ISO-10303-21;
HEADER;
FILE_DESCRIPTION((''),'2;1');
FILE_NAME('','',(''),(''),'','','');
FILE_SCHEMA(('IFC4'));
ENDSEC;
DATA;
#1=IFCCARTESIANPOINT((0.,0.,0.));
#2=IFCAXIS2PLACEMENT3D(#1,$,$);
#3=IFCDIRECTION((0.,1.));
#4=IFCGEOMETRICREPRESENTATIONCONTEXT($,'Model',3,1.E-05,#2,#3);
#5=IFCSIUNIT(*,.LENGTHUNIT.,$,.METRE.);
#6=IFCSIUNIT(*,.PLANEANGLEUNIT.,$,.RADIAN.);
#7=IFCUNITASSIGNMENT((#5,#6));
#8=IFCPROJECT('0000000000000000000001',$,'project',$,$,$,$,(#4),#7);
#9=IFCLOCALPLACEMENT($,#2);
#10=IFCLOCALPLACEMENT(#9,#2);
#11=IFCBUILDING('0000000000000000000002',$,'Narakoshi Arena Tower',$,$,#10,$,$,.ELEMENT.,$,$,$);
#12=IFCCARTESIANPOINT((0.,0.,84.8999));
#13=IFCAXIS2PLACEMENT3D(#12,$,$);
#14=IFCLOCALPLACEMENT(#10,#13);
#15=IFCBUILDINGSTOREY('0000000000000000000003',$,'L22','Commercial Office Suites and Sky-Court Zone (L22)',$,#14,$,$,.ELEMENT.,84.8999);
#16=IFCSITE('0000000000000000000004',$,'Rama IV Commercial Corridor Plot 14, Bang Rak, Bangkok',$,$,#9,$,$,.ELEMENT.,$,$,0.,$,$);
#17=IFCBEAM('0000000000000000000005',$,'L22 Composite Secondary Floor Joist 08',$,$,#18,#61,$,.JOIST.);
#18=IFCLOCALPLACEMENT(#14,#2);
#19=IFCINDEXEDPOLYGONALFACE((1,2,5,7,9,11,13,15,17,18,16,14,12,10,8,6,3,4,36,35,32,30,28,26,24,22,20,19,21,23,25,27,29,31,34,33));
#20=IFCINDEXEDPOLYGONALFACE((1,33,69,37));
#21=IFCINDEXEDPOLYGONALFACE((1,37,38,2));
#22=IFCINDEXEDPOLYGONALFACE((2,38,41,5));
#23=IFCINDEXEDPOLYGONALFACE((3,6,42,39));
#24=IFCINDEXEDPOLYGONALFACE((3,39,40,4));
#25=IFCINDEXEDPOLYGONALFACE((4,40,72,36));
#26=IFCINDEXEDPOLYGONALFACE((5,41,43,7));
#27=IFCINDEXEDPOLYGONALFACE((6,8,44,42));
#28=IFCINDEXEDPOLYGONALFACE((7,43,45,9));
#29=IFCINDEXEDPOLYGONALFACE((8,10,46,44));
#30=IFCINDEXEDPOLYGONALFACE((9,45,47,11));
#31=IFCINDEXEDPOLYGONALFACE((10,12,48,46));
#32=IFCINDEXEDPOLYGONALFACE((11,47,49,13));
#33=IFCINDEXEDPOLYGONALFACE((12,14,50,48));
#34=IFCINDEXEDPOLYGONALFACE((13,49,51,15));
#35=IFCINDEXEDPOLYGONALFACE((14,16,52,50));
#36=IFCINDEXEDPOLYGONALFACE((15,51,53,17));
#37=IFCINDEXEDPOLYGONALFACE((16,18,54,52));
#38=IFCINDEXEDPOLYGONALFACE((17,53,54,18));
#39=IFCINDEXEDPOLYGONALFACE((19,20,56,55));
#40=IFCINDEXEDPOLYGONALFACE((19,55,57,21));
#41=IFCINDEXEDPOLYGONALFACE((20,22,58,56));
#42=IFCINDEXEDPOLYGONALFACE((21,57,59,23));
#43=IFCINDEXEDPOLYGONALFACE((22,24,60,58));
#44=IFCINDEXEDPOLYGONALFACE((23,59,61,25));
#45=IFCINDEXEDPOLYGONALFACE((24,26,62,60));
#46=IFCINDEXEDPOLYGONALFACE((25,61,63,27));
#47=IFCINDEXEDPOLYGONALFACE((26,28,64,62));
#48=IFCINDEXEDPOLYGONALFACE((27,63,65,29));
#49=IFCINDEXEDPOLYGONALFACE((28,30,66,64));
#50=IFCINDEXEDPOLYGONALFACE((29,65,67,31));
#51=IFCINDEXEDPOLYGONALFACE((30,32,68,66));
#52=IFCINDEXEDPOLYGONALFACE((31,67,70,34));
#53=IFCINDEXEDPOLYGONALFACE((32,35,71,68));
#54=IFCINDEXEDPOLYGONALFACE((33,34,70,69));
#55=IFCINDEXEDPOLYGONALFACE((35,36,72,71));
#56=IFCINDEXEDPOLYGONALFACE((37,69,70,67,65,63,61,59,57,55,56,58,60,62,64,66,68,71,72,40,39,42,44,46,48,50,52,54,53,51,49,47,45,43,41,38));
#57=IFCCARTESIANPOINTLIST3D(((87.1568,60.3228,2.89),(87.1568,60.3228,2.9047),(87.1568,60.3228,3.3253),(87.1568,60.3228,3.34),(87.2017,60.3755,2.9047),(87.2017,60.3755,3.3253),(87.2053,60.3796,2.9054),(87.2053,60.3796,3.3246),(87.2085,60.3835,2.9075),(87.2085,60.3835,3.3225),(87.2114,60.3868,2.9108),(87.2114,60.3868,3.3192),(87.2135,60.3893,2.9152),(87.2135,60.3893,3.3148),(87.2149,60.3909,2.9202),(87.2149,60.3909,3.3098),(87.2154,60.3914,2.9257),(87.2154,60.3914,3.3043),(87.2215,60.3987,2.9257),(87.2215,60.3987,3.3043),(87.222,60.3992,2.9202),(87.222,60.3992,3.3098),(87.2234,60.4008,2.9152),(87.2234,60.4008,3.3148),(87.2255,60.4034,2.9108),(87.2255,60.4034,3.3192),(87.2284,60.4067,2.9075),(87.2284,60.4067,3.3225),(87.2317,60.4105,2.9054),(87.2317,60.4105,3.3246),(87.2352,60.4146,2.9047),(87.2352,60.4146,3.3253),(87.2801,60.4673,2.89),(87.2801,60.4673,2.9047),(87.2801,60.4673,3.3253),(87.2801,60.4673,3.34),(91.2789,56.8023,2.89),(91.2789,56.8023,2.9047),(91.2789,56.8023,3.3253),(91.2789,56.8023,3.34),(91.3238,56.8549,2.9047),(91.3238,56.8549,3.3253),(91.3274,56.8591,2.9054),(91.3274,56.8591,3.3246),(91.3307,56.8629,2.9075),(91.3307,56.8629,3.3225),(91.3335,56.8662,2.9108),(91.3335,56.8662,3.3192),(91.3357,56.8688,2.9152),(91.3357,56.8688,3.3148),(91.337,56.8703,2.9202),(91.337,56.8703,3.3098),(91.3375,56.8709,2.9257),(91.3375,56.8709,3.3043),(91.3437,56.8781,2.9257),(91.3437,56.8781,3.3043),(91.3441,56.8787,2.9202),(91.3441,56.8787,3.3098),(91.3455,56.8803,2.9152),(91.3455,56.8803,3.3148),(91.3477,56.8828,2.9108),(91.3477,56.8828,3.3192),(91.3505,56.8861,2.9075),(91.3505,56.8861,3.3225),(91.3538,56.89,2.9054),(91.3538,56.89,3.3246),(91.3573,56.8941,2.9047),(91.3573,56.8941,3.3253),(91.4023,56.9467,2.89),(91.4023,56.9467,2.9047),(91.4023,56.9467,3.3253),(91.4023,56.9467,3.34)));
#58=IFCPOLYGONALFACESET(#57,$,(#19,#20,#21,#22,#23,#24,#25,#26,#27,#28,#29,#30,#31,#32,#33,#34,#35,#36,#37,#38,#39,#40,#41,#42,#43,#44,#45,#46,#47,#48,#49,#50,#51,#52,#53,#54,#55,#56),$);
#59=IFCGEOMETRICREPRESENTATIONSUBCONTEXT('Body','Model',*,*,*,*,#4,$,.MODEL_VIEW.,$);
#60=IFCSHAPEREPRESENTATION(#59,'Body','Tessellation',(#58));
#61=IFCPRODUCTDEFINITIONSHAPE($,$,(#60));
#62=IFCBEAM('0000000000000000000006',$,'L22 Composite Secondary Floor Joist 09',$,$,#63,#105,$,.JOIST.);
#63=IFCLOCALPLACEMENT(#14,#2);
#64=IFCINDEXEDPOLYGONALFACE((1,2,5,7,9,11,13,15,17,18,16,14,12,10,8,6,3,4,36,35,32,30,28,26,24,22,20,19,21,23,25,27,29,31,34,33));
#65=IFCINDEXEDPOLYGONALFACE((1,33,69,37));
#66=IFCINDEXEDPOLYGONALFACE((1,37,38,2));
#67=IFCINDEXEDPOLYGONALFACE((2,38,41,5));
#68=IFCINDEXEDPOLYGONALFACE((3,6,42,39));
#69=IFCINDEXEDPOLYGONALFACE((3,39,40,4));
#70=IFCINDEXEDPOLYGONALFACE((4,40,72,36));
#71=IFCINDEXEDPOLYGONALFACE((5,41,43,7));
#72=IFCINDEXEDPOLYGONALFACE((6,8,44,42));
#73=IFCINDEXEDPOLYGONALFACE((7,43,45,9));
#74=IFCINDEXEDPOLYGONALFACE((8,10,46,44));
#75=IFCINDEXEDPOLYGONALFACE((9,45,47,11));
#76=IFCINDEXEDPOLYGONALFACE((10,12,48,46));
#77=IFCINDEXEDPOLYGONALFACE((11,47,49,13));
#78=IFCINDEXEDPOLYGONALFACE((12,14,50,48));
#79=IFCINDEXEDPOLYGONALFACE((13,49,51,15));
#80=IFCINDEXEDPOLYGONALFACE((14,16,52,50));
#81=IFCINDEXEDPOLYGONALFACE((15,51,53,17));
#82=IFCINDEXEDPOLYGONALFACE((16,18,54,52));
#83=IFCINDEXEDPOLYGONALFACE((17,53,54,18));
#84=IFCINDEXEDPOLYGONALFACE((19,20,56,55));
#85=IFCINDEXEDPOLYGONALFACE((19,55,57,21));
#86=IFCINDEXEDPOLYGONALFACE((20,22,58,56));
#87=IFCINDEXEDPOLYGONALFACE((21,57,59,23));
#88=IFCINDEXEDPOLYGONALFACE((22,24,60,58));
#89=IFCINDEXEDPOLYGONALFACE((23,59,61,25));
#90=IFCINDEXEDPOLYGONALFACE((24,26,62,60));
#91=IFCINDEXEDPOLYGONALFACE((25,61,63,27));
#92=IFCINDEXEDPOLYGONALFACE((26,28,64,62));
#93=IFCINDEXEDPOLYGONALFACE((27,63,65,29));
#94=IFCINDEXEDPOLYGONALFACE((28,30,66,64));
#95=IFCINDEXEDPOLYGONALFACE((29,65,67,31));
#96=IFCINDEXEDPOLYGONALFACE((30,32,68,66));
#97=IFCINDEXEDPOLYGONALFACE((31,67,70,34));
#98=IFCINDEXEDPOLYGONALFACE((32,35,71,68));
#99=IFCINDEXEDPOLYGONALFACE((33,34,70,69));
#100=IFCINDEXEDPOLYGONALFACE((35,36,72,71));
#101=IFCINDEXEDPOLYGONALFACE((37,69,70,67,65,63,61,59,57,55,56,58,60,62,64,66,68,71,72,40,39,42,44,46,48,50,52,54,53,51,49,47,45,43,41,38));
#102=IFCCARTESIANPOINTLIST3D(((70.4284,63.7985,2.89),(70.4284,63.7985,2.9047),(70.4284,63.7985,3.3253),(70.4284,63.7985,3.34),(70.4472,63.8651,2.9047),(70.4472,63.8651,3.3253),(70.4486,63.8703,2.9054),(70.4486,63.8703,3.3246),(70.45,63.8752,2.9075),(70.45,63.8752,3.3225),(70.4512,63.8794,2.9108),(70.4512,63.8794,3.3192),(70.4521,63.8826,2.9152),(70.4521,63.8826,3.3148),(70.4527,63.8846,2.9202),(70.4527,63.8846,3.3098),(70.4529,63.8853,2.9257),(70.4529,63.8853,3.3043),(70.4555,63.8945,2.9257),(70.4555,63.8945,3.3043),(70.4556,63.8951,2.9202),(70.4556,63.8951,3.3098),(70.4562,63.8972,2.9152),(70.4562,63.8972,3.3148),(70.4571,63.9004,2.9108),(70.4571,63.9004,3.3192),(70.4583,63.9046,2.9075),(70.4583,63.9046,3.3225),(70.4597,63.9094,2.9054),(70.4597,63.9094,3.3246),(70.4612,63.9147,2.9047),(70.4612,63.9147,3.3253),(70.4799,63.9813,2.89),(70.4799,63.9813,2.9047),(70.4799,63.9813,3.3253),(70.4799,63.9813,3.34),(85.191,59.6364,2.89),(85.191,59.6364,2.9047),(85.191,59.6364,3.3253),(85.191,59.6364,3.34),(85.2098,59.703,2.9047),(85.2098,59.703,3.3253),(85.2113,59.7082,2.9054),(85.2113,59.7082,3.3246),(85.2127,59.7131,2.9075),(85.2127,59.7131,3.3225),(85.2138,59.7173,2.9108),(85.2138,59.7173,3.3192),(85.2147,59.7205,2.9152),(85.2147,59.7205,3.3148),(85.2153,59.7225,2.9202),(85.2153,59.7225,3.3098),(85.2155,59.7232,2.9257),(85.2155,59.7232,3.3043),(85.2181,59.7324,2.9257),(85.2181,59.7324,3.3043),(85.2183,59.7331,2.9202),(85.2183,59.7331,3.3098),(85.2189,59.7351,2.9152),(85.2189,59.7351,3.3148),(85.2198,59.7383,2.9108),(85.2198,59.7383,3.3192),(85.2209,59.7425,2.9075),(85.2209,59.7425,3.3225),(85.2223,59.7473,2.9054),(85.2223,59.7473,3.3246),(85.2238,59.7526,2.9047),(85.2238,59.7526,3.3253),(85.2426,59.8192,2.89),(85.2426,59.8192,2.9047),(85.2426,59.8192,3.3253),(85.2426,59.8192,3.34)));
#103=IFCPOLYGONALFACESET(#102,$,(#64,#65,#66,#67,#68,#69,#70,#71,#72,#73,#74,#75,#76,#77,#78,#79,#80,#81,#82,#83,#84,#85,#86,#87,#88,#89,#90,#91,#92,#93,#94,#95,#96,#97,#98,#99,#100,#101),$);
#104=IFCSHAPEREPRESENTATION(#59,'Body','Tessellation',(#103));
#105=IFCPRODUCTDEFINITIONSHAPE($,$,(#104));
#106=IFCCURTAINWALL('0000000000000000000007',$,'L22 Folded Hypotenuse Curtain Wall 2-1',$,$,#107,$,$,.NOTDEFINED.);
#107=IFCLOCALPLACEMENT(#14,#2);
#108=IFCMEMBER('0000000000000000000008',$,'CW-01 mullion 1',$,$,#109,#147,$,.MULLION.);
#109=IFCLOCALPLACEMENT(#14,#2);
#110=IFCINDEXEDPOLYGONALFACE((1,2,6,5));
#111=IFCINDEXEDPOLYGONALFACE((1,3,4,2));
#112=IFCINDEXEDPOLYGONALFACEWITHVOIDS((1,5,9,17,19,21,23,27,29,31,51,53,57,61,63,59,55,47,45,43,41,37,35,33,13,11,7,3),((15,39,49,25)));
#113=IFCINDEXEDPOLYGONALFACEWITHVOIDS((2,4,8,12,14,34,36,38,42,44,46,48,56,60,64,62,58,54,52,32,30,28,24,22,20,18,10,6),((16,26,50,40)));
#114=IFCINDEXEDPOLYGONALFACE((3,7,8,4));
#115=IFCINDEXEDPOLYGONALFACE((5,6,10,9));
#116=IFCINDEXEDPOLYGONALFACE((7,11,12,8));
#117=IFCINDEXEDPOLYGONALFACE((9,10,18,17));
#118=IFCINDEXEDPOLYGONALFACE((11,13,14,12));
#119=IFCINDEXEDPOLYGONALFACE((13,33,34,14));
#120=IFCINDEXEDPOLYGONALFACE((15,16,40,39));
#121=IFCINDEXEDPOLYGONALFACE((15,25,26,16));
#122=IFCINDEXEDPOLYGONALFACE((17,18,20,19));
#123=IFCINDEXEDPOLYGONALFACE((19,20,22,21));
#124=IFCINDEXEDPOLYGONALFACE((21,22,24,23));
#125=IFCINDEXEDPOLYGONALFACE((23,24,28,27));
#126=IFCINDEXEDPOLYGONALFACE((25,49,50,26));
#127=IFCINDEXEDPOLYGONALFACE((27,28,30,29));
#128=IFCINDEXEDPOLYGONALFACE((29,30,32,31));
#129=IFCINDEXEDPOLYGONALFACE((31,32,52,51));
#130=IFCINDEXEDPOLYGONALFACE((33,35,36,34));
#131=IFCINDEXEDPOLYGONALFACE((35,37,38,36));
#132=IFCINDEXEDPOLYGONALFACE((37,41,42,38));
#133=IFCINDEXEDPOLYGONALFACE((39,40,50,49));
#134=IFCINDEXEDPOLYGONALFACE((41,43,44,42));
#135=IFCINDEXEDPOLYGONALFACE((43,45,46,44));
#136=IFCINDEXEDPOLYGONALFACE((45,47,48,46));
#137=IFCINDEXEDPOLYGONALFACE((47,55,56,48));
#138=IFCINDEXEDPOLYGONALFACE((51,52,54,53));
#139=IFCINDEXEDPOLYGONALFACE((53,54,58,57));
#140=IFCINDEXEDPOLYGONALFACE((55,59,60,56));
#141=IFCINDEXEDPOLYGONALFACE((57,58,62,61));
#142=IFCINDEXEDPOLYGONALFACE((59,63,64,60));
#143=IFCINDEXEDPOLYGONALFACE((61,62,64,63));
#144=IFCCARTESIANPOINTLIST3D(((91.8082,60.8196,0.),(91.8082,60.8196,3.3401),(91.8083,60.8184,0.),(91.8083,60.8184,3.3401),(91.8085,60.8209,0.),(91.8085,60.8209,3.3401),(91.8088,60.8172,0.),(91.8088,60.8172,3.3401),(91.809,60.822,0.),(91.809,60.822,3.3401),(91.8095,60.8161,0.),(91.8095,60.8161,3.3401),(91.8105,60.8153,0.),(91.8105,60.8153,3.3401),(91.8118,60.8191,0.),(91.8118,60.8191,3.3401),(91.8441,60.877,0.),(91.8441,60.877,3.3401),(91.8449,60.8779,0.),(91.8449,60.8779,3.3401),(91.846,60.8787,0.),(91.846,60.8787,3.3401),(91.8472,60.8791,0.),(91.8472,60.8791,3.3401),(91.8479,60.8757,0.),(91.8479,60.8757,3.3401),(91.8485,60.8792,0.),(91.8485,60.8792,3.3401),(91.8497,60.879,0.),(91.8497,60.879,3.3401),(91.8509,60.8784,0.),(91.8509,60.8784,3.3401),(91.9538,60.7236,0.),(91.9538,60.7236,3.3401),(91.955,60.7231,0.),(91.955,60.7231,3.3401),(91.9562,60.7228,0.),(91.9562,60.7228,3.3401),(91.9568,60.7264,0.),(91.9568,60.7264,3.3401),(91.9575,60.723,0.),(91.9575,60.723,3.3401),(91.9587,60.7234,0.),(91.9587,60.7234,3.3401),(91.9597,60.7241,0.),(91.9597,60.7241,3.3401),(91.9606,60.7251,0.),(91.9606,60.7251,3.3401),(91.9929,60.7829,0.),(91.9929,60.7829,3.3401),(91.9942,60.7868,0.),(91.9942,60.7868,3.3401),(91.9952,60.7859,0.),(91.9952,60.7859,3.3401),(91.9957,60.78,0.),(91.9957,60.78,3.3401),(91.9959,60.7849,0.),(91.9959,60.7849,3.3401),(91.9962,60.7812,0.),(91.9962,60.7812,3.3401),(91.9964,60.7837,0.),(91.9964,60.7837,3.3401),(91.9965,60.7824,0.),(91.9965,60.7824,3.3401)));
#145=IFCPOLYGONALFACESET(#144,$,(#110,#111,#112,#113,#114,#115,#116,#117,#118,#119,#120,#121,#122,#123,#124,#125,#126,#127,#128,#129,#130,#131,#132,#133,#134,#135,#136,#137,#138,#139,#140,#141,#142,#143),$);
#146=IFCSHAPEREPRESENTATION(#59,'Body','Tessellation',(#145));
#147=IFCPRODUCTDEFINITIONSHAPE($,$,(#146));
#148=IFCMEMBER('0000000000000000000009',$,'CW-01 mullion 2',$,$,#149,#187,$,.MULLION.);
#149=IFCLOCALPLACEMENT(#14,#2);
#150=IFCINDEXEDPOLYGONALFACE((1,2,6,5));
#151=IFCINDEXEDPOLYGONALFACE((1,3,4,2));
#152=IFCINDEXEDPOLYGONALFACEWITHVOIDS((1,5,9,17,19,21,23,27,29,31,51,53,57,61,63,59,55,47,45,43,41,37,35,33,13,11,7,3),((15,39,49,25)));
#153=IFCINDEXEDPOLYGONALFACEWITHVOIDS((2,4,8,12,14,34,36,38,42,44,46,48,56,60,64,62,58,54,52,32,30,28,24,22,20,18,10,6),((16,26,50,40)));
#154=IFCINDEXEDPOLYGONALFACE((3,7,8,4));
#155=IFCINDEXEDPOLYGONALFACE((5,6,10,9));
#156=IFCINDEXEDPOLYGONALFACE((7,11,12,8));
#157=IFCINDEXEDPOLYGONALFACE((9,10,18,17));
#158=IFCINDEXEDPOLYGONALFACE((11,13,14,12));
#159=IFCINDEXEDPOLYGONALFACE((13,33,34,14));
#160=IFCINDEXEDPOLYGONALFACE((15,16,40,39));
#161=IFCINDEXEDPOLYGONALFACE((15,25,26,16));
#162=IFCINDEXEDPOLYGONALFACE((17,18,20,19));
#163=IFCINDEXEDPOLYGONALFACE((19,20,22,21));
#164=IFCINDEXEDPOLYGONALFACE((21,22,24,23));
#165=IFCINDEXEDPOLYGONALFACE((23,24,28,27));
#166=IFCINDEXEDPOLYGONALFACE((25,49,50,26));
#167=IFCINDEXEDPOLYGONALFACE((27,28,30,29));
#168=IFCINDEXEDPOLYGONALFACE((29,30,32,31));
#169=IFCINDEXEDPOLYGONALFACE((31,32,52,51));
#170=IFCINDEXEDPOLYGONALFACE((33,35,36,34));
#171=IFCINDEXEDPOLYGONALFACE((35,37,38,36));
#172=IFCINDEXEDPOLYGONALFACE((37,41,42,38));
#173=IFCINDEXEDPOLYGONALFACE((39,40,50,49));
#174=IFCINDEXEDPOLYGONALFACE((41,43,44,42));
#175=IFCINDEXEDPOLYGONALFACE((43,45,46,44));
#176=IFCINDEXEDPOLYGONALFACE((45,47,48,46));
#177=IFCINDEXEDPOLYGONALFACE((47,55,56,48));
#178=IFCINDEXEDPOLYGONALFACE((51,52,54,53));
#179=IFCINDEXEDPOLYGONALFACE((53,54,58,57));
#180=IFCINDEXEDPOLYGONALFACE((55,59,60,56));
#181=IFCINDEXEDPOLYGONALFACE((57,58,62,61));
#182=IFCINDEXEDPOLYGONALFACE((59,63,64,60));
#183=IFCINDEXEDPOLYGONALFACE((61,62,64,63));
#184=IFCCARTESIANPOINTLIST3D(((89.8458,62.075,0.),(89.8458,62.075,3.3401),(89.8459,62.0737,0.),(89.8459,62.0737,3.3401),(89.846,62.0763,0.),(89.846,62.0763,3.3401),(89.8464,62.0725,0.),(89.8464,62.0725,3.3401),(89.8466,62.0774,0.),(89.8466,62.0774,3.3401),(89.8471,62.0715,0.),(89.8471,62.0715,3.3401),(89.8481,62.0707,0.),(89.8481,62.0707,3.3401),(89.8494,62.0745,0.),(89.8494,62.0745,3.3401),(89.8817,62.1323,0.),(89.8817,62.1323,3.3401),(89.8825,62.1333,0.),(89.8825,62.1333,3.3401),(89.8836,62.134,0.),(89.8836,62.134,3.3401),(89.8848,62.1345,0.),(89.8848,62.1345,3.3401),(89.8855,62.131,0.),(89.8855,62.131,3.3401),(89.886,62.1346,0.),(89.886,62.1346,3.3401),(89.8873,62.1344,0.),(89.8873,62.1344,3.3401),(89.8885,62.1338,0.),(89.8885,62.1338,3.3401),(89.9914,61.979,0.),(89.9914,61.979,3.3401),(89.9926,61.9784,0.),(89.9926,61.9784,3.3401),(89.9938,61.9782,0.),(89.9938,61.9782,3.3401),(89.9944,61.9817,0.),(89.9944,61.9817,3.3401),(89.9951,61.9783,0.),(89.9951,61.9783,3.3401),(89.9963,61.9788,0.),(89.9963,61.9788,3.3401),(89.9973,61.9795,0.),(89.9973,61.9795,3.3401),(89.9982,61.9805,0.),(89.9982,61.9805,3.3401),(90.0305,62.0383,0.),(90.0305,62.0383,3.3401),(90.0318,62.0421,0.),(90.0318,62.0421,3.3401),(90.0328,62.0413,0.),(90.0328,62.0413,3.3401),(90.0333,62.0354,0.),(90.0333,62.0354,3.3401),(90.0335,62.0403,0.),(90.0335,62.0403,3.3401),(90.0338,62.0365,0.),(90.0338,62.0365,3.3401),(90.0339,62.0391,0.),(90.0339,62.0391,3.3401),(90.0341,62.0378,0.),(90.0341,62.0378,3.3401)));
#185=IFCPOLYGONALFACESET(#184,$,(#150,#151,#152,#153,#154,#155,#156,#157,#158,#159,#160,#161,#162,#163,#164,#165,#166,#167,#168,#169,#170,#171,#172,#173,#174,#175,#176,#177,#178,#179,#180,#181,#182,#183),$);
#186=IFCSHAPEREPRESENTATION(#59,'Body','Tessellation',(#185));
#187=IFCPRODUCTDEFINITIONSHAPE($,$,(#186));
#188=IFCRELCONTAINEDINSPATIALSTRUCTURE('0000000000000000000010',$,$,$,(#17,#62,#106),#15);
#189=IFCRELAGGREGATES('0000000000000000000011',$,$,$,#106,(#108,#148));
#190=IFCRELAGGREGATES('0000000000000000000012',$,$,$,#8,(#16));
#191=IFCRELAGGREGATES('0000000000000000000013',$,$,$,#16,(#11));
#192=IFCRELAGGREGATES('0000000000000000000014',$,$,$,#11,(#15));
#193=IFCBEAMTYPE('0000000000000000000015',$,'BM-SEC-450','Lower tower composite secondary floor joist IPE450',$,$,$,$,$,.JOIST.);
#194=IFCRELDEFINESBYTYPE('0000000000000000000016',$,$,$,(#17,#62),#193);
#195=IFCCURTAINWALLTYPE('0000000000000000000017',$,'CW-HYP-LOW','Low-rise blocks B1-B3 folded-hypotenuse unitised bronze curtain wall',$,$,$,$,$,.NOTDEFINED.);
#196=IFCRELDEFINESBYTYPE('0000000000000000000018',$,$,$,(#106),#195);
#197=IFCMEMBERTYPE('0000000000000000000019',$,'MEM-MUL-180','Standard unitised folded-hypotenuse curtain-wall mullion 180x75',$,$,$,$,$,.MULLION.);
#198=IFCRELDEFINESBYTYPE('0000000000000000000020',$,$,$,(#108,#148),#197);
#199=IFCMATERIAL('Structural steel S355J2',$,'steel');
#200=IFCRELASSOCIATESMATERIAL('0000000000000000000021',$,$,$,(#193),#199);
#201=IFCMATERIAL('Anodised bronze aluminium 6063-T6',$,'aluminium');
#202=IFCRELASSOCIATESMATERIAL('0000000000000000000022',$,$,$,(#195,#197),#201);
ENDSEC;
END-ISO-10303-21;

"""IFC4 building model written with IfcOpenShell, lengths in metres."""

from ifc_helpers import new_model, si_unit, direction, frame, origin, origin_2d, place, context, subcontext, project, spatial, hollow_rectangle, i_section, extrude, material, material_profile, profile_set, type_object, element, aggregate, save


model = new_model("IFC4")

# Units and contexts
model_context = context("Model", 3, precision=1e-05, world=origin(), true_north=direction((0.0, 1.0)))
body_context = subcontext(model_context, "Body", "Model", "MODEL_VIEW")
ifc_project = project(units=[si_unit("LENGTHUNIT", "METRE"), si_unit("PLANEANGLEUNIT", "RADIAN")], contexts=[model_context])

# Site, building, storey
site_placement = place(None, origin())
site = spatial("IfcSite", under=ifc_project, at=site_placement, Name="Rama IV Commercial Corridor Plot 14, Bang Rak, Bangkok", CompositionType="ELEMENT", RefElevation=0.0)
building_placement = place(site_placement, origin())
building = spatial("IfcBuilding", under=site, at=building_placement, Name="Narakoshi Arena Tower", CompositionType="ELEMENT")
storey_placement = place(building_placement, frame((0.0, 0.0, 84.8999)))
storey = spatial("IfcBuildingStorey", under=building, at=storey_placement, Name="L22", Description="Commercial Office Suites and Sky-Court Zone (L22)", CompositionType="ELEMENT", Elevation=84.8999)

# Beams
ifc_material_1 = material(Name="Structural steel S355J2", Category="steel")
ifc_material_profile_1 = material_profile(ifc_material_1, i_section(OverallWidth=0.1899, OverallDepth=0.45, WebThickness=0.0095, FlangeThickness=0.0146, FilletRadius=0.021, at=origin_2d()), Name="IPE450")
ifc_profile_set_1 = profile_set([ifc_material_profile_1], Name="Structural steel S355J2")
beam_type_1 = type_object("IfcBeamType", Name="BM-SEC-450", Description="Lower tower composite secondary floor joist IPE450", PredefinedType="JOIST", material=ifc_profile_set_1)
beam_1_placement = place(storey_placement, frame((91.3406, 56.8745, 3.115), z_axis=(-0.760413, 0.64944, 0.0), x_axis=(-0.64944, -0.760413, 0.0)))
element("IfcBeam", 1, at=beam_1_placement, inside=storey, type_object=beam_type_1, Name="L22 Composite Secondary Floor Joist 08", PredefinedType="JOIST", context=body_context, shape_type="SweptSolid", body=[
    extrude(i_section(OverallWidth=0.1899, OverallDepth=0.45, WebThickness=0.0095, FlangeThickness=0.0146, FilletRadius=0.021, at=origin_2d()), origin(), (0.0, 0.0, 1.0), 5.4209),
])
beam_2_placement = place(storey_placement, frame((85.2168, 59.7278, 3.115), z_axis=(-0.962479, 0.271356, 0.0), x_axis=(-0.271356, -0.962479, 0.0)))
element("IfcBeam", 2, at=beam_2_placement, inside=storey, type_object=beam_type_1, Name="L22 Composite Secondary Floor Joist 09", PredefinedType="JOIST", context=body_context, shape_type="SweptSolid", body=[
    extrude(i_section(OverallWidth=0.1899, OverallDepth=0.45, WebThickness=0.0095, FlangeThickness=0.0146, FilletRadius=0.021, at=origin_2d()), origin(), (0.0, 0.0, 1.0), 15.3381),
])

# Curtain wall, members
ifc_material_2 = material(Name="Anodised bronze aluminium 6063-T6", Category="aluminium")
curtain_wall_type = type_object("IfcCurtainWallType", Name="CW-HYP-LOW", Description="Low-rise blocks B1-B3 folded-hypotenuse unitised bronze curtain wall", PredefinedType="NOTDEFINED", material=ifc_material_2)
curtain_wall_1_placement = place(storey_placement, origin())
curtain_wall_1 = element("IfcCurtainWall", 3, at=curtain_wall_1_placement, inside=storey, type_object=curtain_wall_type, Name="L22 Folded Hypotenuse Curtain Wall 2-1", PredefinedType="NOTDEFINED")
ifc_material_profile_2 = material_profile(ifc_material_2, hollow_rectangle(XDim=0.075, YDim=0.1799, WallThickness=0.0039, OuterFilletRadius=0.0049, at=origin_2d()), Name="MUL180x75x4")
ifc_profile_set_2 = profile_set([ifc_material_profile_2], Name="Anodised bronze aluminium 6063-T6")
member_type_1 = type_object("IfcMemberType", Name="MEM-MUL-180", Description="Standard unitised folded-hypotenuse curtain-wall mullion 180x75", PredefinedType="MULLION", material=ifc_profile_set_2)
member_1_placement = place(storey_placement, frame((91.9023, 60.801, 0.0), z_axis=(0.0, 0.0, 1.0), x_axis=(-0.538822, -0.842419, 0.0)))
member_1 = element("IfcMember", 4, at=member_1_placement, type_object=member_type_1, Name="CW-01 mullion 1", PredefinedType="MULLION", context=body_context, shape_type="SweptSolid", body=[
    extrude(hollow_rectangle(XDim=0.075, YDim=0.1799, WallThickness=0.0039, OuterFilletRadius=0.0049, at=origin_2d()), origin(), (0.0, 0.0, 1.0), 3.3401),
])
member_2_placement = place(storey_placement, frame((89.9399, 62.0564, 0.0), z_axis=(0.0, 0.0, 1.0), x_axis=(-0.538822, -0.842419, 0.0)))
member_2 = element("IfcMember", 5, at=member_2_placement, type_object=member_type_1, Name="CW-01 mullion 2", PredefinedType="MULLION", context=body_context, shape_type="SweptSolid", body=[
    extrude(hollow_rectangle(XDim=0.075, YDim=0.1799, WallThickness=0.0039, OuterFilletRadius=0.0049, at=origin_2d()), origin(), (0.0, 0.0, 1.0), 3.3401),
])

aggregate(curtain_wall_1, [member_1, member_2])

save(model, "model.ifc")
